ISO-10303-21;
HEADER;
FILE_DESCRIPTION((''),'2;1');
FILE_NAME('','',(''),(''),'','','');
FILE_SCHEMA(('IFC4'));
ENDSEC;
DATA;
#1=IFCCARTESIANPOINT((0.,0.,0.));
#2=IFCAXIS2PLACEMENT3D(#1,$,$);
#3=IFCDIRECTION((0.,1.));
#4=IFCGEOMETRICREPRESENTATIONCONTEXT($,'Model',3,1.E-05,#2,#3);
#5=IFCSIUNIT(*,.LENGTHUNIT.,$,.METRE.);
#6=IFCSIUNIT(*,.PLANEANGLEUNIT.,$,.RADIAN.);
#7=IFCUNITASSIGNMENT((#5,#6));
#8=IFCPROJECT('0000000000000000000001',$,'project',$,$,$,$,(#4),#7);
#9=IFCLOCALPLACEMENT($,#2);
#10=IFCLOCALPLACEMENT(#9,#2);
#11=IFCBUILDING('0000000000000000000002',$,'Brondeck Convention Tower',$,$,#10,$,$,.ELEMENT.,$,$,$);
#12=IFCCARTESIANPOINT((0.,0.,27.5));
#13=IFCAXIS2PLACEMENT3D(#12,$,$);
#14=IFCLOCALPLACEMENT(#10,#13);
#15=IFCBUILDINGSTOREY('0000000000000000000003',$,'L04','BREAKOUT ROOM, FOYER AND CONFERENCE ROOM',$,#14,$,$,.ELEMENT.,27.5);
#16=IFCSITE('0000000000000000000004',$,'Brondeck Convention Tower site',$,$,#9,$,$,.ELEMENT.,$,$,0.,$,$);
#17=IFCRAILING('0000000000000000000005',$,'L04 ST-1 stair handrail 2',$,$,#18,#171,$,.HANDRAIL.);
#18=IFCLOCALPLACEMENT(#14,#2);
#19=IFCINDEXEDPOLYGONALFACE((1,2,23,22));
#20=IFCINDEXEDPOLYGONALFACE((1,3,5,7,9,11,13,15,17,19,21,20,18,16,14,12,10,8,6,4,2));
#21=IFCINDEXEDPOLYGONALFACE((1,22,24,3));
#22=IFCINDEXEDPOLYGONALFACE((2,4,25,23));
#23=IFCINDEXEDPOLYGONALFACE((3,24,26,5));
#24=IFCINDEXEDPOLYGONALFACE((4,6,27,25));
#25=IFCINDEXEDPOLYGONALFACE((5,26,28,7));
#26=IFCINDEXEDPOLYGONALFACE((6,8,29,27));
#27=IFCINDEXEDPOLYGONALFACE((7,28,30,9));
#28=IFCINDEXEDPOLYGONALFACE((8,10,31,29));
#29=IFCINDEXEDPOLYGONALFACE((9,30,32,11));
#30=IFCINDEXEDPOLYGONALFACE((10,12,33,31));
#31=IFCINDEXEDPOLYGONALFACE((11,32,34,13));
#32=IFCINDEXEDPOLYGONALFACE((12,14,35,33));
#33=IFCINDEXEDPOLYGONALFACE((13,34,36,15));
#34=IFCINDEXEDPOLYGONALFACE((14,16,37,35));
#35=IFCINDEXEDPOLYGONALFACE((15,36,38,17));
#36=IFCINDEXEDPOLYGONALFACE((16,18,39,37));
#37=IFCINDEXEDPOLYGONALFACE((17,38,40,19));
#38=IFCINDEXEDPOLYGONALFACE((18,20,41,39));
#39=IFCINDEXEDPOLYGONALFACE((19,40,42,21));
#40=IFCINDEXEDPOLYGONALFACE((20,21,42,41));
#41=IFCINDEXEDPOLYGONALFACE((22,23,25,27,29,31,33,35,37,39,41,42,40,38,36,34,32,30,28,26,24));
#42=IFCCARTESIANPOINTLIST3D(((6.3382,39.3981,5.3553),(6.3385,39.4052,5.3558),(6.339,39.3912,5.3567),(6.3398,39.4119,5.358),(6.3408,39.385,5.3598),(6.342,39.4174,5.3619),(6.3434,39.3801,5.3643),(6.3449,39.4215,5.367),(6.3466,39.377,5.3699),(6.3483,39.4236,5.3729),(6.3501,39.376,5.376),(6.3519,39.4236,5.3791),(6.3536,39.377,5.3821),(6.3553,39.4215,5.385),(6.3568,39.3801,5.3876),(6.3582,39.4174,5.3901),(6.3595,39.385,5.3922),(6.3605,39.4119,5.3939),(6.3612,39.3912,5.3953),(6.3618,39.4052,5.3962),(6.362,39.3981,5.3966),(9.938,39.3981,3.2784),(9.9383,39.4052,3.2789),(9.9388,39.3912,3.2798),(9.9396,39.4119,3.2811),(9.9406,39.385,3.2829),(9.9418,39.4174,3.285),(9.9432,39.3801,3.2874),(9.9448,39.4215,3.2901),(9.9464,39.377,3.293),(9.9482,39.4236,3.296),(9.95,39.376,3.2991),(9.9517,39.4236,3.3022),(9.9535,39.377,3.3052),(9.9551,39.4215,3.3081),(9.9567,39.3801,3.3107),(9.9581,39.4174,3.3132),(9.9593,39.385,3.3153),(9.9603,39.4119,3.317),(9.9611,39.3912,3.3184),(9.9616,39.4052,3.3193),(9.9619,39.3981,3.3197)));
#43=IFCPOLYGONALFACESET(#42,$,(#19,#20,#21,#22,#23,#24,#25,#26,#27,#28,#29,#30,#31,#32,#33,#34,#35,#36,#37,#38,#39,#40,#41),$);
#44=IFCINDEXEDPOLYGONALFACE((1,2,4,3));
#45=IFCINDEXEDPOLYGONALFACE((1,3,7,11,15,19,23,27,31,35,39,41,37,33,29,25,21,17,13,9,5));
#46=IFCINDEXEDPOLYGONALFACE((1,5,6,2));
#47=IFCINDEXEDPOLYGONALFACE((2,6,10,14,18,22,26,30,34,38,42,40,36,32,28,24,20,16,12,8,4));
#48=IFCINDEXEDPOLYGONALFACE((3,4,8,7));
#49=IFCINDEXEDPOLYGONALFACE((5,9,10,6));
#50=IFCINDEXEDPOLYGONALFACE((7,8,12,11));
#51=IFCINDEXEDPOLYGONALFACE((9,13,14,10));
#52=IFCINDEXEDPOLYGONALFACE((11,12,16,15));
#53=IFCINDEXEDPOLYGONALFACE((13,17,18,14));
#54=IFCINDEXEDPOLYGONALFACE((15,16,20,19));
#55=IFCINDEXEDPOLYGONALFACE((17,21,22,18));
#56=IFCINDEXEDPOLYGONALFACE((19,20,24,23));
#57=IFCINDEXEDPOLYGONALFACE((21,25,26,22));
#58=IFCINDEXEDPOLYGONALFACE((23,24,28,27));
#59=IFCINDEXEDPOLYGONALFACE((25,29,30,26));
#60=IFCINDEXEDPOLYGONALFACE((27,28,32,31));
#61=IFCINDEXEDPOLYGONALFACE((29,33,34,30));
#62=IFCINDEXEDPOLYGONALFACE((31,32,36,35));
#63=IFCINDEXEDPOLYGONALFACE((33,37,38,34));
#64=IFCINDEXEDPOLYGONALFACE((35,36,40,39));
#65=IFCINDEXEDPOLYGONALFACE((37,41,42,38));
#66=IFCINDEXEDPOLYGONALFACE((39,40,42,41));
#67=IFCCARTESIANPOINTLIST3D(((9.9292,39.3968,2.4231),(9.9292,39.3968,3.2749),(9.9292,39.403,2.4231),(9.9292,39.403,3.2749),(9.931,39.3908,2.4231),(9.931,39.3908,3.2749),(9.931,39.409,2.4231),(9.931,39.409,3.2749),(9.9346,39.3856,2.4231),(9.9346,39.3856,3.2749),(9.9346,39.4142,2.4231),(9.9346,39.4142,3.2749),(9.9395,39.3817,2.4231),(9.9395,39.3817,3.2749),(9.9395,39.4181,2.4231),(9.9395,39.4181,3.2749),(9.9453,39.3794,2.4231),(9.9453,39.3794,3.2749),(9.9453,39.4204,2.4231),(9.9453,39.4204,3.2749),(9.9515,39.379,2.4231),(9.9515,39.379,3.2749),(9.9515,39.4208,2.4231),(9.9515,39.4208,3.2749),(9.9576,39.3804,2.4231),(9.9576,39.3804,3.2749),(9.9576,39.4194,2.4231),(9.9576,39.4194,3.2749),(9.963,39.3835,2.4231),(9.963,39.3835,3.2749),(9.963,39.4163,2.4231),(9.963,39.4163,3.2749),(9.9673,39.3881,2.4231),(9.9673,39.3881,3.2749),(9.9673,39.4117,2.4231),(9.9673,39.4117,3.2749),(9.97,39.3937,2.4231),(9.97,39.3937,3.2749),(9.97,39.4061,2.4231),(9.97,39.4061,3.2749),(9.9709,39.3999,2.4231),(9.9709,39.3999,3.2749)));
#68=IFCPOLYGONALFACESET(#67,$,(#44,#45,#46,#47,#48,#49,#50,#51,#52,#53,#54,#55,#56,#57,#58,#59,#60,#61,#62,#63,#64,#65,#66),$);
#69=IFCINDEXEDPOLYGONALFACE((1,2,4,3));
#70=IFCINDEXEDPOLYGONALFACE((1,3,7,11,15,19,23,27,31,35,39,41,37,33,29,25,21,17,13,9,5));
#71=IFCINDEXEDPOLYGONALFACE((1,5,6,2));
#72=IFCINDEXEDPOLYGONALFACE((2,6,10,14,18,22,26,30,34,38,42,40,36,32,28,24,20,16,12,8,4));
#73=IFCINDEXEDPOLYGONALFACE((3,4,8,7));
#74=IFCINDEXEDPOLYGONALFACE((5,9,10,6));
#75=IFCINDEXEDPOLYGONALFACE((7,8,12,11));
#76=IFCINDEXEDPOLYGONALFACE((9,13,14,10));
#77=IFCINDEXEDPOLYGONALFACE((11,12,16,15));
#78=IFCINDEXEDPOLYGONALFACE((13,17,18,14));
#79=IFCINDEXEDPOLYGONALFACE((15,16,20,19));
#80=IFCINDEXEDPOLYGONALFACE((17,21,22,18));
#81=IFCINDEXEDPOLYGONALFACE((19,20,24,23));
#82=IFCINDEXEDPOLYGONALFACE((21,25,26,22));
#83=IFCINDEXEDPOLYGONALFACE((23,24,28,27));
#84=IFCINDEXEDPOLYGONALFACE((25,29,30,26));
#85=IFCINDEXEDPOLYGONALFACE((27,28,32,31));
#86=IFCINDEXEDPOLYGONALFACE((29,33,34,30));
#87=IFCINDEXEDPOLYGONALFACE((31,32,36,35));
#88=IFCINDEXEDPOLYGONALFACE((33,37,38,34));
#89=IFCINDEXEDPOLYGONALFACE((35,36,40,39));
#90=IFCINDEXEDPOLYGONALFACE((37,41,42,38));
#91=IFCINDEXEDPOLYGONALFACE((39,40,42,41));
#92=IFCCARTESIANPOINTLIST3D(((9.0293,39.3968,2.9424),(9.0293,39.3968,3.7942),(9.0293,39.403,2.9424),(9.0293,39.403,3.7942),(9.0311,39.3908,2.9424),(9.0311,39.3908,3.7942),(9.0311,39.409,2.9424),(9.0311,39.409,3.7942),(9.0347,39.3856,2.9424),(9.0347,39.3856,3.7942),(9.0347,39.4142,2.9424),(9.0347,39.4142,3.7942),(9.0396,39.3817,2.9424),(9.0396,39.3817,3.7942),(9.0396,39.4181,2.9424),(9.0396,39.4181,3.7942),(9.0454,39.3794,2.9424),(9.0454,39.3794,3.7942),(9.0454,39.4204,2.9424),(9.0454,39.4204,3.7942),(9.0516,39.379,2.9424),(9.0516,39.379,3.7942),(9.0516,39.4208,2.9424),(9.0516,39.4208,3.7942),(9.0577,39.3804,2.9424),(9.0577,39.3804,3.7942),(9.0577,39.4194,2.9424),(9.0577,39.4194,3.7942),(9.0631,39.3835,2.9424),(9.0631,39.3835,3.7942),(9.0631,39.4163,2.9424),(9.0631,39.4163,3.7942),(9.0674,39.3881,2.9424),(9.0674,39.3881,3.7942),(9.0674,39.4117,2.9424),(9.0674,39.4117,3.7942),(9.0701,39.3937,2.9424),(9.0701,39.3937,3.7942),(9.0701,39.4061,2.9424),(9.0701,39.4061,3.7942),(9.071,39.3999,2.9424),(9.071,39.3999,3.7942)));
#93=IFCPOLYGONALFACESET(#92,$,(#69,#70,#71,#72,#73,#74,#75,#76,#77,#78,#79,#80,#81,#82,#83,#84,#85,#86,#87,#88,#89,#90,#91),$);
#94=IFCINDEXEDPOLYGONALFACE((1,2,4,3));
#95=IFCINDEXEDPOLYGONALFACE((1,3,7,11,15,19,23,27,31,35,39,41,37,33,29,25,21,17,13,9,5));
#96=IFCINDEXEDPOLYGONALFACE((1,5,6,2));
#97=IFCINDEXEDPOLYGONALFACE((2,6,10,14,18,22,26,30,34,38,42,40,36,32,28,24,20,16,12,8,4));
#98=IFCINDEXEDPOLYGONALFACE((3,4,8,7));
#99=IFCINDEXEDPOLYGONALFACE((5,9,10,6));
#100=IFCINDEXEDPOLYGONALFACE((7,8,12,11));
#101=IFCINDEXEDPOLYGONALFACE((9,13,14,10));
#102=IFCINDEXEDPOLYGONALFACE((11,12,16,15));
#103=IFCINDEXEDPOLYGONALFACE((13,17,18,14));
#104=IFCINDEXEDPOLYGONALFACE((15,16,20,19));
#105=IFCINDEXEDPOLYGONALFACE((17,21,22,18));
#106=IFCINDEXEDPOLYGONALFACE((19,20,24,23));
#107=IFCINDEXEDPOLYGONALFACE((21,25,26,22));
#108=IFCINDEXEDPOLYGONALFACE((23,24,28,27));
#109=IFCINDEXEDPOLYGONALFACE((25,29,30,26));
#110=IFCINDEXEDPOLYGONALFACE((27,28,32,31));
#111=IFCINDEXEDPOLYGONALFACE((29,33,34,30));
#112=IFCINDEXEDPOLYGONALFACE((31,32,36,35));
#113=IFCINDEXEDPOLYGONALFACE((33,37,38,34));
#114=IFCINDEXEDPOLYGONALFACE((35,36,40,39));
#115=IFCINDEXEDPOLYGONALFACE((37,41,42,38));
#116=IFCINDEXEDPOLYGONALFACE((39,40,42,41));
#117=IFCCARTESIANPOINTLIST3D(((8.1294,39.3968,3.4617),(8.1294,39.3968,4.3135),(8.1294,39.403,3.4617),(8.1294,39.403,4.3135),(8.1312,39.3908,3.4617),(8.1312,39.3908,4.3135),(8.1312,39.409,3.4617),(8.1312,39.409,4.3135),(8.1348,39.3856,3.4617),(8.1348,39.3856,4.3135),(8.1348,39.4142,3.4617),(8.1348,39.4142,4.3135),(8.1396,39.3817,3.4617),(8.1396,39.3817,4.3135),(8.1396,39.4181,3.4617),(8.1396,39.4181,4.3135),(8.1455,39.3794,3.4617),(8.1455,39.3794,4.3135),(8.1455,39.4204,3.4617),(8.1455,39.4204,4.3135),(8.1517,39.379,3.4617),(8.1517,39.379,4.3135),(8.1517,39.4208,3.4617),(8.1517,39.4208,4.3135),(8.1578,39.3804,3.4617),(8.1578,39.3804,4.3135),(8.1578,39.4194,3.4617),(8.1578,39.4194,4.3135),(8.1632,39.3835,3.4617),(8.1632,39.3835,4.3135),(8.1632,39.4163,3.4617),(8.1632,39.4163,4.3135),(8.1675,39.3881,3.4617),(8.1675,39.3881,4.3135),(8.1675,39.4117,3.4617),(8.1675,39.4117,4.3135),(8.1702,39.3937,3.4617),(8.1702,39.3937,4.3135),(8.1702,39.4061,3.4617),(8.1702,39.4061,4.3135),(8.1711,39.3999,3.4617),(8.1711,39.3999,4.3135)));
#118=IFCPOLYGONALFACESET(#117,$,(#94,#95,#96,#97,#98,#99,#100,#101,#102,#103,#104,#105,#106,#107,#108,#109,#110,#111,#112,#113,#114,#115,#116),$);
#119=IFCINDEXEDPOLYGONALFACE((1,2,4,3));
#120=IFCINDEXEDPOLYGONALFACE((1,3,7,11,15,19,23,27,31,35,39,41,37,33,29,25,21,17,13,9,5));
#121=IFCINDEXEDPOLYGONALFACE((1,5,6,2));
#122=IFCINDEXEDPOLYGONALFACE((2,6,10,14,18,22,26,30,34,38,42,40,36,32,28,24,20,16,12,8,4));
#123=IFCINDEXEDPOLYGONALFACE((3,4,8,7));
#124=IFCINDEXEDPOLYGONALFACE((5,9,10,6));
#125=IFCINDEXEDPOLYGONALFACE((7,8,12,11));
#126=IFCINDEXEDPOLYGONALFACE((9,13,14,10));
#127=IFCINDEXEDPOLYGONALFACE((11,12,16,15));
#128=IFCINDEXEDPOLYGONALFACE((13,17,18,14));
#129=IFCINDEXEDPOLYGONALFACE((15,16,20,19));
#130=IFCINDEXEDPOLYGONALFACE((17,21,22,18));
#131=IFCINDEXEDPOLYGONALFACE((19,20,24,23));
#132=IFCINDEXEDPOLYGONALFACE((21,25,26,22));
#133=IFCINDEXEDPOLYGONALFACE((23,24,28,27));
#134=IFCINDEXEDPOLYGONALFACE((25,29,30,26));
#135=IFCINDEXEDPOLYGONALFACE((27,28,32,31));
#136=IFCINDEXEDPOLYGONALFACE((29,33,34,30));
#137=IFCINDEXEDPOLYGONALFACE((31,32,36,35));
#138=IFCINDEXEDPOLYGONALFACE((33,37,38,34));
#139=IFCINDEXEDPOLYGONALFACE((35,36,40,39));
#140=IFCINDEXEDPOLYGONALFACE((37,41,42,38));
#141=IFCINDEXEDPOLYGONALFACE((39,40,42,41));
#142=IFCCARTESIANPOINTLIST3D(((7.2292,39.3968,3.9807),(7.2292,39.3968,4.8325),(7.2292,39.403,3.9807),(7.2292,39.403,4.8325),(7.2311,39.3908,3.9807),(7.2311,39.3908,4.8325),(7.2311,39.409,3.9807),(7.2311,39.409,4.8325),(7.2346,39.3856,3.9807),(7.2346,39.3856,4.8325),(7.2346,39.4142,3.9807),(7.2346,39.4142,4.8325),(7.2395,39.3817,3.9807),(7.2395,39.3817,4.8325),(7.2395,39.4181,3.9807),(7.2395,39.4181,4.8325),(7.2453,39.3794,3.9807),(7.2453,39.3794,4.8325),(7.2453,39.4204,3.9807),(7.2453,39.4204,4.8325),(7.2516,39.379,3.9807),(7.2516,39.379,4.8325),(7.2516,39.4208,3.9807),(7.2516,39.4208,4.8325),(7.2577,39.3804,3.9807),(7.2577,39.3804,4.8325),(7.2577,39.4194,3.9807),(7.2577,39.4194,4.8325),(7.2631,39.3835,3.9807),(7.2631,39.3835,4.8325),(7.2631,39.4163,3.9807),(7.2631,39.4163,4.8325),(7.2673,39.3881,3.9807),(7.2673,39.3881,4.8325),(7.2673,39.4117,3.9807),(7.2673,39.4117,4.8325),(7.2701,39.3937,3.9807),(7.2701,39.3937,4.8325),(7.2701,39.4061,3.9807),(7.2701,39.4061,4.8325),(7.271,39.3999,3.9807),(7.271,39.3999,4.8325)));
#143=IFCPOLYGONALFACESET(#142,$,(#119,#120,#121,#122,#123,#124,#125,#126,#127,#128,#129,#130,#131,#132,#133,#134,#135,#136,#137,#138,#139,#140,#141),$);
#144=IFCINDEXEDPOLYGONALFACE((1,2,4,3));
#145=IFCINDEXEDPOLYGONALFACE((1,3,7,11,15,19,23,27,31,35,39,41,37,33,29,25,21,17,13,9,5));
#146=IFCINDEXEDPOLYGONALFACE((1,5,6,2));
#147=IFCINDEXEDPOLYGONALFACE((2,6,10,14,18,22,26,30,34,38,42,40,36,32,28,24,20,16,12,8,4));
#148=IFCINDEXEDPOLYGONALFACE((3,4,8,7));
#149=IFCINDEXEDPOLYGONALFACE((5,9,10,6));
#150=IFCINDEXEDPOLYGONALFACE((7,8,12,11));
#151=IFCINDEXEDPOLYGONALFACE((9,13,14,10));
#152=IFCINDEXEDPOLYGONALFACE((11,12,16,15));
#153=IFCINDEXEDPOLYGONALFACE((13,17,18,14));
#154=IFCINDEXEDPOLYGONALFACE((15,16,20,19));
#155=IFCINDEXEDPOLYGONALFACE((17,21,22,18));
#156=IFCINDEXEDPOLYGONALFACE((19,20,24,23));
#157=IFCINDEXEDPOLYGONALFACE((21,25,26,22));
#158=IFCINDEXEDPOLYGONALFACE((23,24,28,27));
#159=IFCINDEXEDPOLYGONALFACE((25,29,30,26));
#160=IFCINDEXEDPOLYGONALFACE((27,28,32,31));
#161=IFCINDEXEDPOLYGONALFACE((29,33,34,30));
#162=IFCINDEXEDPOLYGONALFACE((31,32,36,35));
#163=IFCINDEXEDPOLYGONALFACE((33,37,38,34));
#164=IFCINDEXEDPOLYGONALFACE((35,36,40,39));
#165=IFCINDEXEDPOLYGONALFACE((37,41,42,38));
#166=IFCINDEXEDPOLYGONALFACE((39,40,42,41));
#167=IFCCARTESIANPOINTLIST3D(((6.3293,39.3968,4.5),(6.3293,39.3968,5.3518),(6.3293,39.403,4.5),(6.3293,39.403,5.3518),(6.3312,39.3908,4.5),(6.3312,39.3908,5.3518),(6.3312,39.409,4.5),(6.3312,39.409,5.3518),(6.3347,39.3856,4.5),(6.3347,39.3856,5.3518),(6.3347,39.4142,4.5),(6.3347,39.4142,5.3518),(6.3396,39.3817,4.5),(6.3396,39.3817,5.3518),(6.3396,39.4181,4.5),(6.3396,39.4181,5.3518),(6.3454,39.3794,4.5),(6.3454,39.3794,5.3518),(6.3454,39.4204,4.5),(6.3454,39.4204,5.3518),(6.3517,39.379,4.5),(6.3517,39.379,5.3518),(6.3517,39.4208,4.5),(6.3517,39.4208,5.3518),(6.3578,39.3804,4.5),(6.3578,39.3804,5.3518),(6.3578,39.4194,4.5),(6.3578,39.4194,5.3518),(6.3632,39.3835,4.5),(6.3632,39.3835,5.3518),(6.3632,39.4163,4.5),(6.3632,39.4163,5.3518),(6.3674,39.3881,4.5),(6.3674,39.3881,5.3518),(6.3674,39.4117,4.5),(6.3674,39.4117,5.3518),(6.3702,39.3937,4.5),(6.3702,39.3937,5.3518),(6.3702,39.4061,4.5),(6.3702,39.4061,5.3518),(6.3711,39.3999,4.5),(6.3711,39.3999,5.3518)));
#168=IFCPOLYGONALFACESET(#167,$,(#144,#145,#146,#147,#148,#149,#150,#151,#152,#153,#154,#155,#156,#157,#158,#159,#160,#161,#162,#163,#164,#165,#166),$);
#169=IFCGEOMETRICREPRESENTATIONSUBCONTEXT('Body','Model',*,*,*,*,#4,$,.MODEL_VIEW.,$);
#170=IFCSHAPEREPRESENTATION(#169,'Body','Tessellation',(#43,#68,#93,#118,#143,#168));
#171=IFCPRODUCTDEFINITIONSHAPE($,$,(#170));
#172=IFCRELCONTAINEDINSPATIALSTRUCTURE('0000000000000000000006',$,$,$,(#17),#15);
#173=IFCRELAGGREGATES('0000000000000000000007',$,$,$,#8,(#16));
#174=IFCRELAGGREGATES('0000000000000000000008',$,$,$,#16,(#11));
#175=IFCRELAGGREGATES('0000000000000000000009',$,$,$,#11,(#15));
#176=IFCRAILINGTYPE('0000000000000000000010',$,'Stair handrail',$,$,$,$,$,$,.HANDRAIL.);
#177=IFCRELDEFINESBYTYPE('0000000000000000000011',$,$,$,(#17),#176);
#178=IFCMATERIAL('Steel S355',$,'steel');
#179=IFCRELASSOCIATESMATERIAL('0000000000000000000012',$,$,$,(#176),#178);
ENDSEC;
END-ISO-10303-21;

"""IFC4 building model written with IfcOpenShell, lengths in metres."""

from ifc_helpers import new_model, si_unit, direction, frame, origin, origin_2d, place, context, subcontext, project, spatial, circle, extrude, material, type_object, element, save


model = new_model("IFC4")

# Units and contexts
model_context = context("Model", 3, precision=1e-05, world=origin(), true_north=direction((0.0, 1.0)))
body_context = subcontext(model_context, "Body", "Model", "MODEL_VIEW")
ifc_project = project(units=[si_unit("LENGTHUNIT", "METRE"), si_unit("PLANEANGLEUNIT", "RADIAN")], contexts=[model_context])

# Site, building, storey
site_placement = place(None, origin())
site = spatial("IfcSite", under=ifc_project, at=site_placement, Name="Brondeck Convention Tower site", CompositionType="ELEMENT", RefElevation=0.0)
building_placement = place(site_placement, origin())
building = spatial("IfcBuilding", under=site, at=building_placement, Name="Brondeck Convention Tower", CompositionType="ELEMENT")
storey_placement = place(building_placement, frame((0.0, 0.0, 27.5)))
storey = spatial("IfcBuildingStorey", under=building, at=storey_placement, Name="L04", Description="BREAKOUT ROOM, FOYER AND CONFERENCE ROOM", CompositionType="ELEMENT", Elevation=27.5)

# Railing
ifc_material_1 = material(Name="Steel S355", Category="steel")
railing_type = type_object("IfcRailingType", Name="Stair handrail", PredefinedType="HANDRAIL", material=ifc_material_1)
railing_placement = place(storey_placement, frame((9.95, 39.3999, 2.4231)))
element("IfcRailing", 1, at=railing_placement, inside=storey, type_object=railing_type, Name="L04 ST-1 stair handrail 2", PredefinedType="HANDRAIL", context=body_context, shape_type="SweptSolid", body=[
    extrude(circle(Radius=0.0239, at=origin_2d()), frame((0.0, 0.0, 0.876), z_axis=(-0.866179, 0.0, 0.499734), x_axis=(0.0, -1.0, 0.0)), (0.0, 0.0, 1.0), 4.156),
    extrude(circle(Radius=0.021, at=origin_2d()), origin(), (0.0, 0.0, 1.0), 0.8518),
    extrude(circle(Radius=0.021, at=origin_2d()), frame((-0.8999, 0.0, 0.5193)), (0.0, 0.0, 1.0), 0.8518),
    extrude(circle(Radius=0.021, at=origin_2d()), frame((-1.7998, 0.0, 1.0386)), (0.0, 0.0, 1.0), 0.8518),
    extrude(circle(Radius=0.021, at=origin_2d()), frame((-2.7, 0.0, 1.5576)), (0.0, 0.0, 1.0), 0.8518),
    extrude(circle(Radius=0.021, at=origin_2d()), frame((-3.5999, 0.0, 2.0769)), (0.0, 0.0, 1.0), 0.8518),
])

save(model, "model.ifc")
